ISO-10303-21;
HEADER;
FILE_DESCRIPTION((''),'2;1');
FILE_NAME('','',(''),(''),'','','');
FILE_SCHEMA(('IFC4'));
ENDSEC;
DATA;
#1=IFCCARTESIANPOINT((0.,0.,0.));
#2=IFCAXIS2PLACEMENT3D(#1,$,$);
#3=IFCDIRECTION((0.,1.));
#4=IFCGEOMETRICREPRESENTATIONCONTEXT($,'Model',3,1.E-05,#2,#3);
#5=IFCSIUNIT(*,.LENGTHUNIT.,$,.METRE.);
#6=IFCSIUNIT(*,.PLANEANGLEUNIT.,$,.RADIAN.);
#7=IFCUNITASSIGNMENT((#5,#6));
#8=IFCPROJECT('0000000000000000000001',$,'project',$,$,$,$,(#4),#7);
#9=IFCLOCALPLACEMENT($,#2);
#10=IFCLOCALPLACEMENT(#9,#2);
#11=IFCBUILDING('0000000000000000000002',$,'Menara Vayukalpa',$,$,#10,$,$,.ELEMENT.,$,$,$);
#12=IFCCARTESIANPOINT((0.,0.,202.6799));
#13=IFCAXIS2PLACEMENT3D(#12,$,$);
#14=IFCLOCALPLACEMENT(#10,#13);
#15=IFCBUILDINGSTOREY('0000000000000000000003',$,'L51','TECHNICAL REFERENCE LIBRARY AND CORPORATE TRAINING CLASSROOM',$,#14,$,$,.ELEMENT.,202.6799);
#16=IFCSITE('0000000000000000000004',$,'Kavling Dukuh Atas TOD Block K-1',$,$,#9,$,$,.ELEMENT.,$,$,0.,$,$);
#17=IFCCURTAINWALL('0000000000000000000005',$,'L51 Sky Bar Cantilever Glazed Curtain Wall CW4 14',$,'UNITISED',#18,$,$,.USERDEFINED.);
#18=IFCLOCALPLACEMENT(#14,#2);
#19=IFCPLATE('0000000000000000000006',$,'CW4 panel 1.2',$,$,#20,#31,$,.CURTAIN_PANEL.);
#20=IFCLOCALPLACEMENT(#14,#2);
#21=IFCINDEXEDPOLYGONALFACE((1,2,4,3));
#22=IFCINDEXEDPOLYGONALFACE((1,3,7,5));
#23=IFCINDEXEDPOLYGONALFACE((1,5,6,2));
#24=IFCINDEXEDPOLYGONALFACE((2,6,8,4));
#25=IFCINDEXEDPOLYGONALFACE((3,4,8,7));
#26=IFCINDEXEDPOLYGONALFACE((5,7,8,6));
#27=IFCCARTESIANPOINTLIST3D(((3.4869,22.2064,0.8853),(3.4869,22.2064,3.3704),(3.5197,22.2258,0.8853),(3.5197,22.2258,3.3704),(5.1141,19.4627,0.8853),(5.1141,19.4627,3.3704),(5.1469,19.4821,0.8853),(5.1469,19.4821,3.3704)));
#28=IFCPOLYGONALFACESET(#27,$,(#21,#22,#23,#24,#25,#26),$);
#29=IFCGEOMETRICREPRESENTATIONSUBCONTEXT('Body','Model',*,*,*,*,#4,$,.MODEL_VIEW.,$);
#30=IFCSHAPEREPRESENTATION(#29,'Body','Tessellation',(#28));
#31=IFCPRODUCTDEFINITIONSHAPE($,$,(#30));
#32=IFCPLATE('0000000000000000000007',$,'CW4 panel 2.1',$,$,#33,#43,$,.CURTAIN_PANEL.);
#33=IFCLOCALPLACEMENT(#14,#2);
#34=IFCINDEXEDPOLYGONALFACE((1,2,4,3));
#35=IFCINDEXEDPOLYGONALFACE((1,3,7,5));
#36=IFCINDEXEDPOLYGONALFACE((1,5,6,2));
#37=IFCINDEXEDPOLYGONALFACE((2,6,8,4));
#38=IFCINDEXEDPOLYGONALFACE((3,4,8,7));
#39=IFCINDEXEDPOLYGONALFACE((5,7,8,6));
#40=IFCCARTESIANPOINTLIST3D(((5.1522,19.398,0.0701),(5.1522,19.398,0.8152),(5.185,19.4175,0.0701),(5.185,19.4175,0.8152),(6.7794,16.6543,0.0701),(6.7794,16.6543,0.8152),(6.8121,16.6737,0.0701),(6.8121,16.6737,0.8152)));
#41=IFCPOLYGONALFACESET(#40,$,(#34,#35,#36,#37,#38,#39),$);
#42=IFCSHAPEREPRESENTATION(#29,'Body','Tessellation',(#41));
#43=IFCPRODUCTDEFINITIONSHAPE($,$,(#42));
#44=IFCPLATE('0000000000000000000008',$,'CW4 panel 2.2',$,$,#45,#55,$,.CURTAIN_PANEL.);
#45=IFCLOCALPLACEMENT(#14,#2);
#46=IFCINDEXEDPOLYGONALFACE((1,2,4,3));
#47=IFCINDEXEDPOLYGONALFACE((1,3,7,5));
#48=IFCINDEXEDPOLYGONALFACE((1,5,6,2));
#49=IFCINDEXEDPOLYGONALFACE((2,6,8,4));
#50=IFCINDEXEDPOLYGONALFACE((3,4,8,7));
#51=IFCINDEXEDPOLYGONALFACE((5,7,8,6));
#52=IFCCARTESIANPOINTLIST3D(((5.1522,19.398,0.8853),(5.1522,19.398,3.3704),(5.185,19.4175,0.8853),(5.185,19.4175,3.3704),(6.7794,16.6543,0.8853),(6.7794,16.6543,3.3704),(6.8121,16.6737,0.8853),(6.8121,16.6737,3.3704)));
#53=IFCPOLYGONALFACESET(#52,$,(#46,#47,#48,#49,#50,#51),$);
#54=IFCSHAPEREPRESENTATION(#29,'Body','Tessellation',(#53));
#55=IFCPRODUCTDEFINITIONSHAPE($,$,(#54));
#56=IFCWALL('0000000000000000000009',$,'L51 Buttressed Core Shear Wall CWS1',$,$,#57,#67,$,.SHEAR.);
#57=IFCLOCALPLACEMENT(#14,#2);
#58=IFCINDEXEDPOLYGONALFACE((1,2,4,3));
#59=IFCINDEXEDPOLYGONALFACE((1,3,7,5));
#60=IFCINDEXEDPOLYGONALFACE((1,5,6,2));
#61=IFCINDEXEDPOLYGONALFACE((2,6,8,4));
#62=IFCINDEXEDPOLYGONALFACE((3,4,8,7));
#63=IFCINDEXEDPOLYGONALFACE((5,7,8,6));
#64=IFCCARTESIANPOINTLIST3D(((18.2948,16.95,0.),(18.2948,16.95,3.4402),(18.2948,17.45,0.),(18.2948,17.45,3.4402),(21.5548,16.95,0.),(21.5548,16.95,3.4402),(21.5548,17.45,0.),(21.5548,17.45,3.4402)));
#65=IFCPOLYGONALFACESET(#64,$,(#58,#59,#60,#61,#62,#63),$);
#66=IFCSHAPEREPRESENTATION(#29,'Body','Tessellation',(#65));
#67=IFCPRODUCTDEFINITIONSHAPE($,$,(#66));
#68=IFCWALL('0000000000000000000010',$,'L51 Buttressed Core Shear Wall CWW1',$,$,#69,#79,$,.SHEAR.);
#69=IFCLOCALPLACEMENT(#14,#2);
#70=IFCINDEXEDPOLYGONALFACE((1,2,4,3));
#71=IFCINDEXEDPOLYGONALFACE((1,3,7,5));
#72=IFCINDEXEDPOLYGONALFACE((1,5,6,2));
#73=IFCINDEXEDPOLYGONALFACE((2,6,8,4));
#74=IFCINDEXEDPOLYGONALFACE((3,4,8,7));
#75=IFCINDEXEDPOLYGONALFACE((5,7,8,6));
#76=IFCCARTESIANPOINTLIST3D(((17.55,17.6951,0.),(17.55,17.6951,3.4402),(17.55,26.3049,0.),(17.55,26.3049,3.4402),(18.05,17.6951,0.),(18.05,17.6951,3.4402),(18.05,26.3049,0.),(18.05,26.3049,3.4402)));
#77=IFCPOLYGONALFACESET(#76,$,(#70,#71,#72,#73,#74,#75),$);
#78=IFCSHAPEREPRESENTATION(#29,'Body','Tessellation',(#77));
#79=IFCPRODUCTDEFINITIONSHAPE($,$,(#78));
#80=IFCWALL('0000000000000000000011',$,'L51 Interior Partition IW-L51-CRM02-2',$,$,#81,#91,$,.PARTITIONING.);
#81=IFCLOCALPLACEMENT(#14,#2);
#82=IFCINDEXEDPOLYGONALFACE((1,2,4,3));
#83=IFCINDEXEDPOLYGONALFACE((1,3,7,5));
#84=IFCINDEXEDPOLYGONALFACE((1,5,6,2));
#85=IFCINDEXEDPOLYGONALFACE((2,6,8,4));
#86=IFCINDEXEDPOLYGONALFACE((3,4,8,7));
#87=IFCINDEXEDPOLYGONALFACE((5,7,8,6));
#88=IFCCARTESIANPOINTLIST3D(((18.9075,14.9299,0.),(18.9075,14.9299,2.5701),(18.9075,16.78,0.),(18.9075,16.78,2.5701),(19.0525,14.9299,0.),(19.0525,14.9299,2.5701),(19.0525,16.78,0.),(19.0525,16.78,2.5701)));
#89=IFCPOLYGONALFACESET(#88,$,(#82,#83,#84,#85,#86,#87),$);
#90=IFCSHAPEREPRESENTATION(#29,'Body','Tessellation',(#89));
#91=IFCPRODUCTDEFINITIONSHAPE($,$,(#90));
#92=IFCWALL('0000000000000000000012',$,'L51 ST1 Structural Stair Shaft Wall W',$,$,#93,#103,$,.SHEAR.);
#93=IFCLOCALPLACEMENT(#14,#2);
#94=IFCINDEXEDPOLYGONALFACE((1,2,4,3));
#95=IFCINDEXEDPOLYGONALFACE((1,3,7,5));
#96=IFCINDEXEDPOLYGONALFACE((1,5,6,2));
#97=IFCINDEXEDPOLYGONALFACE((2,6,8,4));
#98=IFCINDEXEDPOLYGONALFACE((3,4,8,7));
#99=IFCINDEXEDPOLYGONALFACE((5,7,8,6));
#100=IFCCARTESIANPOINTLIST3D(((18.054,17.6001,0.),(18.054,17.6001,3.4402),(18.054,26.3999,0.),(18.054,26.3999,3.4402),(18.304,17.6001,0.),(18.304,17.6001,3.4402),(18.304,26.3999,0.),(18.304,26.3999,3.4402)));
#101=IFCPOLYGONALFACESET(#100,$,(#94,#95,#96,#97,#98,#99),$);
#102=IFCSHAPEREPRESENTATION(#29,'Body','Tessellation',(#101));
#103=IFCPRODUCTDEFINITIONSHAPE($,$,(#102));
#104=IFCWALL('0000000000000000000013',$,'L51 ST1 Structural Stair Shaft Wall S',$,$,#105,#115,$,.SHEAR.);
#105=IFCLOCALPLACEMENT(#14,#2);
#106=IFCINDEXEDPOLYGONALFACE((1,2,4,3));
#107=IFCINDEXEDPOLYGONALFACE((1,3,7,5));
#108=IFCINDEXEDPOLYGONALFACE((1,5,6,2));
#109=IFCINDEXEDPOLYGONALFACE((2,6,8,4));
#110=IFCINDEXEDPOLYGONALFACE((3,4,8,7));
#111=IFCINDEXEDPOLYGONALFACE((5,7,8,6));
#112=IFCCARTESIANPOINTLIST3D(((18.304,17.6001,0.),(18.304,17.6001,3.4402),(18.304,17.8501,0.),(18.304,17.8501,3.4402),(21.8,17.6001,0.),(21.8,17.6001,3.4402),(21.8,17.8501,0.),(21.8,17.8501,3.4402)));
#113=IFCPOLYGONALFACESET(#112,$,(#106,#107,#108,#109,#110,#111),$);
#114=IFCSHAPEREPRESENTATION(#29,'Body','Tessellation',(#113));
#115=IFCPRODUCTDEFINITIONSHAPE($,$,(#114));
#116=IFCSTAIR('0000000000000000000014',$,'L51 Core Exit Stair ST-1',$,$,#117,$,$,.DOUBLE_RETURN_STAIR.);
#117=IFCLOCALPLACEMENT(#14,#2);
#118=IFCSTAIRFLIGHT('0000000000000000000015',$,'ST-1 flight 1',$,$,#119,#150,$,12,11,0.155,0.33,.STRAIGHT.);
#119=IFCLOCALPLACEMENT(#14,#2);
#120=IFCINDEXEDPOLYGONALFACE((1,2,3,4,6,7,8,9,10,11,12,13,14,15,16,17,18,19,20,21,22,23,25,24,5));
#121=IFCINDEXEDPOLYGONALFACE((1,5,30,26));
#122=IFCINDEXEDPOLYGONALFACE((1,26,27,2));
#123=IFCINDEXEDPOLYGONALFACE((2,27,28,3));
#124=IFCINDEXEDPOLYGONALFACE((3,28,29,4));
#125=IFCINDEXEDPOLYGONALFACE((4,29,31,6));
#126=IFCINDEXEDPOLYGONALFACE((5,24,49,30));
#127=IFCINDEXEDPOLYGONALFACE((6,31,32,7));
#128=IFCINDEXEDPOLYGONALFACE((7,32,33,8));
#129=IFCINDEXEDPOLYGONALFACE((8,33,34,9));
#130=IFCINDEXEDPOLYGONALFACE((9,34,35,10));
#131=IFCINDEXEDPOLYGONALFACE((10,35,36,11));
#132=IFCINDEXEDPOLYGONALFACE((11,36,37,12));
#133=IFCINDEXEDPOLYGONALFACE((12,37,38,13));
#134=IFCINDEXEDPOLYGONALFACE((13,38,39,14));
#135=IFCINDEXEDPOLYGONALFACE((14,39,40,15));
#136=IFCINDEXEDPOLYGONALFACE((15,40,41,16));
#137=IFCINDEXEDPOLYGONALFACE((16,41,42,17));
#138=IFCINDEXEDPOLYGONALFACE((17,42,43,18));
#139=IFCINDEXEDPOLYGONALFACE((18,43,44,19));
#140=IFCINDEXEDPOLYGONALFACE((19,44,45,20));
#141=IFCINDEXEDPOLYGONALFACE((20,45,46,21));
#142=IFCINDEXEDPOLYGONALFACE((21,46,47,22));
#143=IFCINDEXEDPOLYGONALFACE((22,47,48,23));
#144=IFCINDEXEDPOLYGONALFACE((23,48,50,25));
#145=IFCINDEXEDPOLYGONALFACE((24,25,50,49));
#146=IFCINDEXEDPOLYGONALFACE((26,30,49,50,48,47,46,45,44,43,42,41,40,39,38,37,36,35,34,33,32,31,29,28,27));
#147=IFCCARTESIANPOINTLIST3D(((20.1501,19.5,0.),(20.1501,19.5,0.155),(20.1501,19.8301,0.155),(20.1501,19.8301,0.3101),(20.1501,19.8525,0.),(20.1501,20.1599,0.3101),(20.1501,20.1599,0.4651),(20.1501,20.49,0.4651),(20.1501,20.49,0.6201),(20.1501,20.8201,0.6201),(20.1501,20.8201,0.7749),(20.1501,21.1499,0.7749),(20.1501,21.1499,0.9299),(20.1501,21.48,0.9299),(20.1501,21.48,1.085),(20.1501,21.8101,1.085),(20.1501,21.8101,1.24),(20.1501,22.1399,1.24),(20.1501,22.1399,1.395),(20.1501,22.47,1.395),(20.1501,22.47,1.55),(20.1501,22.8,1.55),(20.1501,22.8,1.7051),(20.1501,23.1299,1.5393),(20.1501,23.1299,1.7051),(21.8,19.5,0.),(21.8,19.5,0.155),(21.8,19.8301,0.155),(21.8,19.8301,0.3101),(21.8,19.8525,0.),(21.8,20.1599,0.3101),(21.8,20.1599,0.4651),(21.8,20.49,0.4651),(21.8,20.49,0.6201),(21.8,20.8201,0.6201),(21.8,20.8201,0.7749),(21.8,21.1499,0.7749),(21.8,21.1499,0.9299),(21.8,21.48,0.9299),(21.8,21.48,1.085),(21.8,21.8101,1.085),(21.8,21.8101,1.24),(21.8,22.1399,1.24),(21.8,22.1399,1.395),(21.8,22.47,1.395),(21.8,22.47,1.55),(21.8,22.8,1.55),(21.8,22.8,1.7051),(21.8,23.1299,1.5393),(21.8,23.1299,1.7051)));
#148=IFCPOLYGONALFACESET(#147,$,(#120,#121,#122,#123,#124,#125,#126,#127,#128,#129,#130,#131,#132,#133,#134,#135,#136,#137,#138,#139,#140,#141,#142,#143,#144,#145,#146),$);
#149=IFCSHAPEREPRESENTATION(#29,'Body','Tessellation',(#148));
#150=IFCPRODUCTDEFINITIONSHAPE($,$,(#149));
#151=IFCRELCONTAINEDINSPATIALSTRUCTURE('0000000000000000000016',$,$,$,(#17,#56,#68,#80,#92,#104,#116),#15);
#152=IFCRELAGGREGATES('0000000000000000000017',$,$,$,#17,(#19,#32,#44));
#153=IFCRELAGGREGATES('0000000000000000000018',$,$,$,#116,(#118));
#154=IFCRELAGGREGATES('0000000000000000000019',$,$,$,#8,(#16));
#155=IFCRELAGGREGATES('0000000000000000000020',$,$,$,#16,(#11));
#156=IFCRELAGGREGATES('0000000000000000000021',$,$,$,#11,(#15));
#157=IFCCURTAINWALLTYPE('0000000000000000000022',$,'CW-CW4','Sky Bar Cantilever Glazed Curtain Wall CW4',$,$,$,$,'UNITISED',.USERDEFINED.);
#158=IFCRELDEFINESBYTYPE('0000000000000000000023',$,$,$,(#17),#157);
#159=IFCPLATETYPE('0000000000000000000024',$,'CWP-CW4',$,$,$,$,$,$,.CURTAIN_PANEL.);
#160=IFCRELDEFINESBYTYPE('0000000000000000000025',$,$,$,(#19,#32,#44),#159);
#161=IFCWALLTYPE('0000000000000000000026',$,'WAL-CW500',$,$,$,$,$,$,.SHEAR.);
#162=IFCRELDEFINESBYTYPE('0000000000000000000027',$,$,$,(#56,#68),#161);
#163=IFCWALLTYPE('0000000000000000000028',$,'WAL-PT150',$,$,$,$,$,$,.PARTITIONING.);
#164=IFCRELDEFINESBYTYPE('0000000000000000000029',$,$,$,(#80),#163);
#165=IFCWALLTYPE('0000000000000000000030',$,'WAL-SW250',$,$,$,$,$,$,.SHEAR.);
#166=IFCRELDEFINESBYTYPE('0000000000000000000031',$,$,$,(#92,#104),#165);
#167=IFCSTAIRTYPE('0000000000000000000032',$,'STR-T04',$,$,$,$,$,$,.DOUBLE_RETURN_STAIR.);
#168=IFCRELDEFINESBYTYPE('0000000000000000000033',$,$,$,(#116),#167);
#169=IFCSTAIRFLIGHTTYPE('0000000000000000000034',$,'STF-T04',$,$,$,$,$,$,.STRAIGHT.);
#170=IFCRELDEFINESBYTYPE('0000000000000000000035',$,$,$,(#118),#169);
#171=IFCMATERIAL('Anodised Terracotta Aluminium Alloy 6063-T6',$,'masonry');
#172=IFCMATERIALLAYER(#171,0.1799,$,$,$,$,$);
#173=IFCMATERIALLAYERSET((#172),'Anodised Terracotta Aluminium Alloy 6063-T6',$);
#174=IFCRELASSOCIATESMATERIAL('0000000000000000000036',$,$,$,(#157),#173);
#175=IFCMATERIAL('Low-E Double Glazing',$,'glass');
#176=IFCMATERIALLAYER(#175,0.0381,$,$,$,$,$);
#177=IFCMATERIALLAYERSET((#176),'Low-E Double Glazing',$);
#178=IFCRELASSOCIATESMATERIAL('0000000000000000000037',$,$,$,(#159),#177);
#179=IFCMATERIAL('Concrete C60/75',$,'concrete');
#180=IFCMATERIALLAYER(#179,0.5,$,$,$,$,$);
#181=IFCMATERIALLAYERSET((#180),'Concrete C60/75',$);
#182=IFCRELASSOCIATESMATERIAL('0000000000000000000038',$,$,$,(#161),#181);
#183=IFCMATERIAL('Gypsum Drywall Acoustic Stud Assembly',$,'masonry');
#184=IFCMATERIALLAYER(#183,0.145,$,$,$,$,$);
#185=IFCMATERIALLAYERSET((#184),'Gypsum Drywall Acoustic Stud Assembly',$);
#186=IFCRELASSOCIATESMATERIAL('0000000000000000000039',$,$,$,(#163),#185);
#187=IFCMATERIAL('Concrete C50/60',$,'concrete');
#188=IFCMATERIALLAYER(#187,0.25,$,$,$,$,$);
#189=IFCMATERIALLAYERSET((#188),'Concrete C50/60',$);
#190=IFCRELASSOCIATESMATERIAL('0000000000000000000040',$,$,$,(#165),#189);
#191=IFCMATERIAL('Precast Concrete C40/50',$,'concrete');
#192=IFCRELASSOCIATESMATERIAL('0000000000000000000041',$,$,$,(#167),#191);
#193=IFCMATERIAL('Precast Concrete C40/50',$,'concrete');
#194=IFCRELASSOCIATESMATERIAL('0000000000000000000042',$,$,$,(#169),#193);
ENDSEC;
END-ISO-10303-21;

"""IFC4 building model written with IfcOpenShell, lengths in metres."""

from ifc_helpers import new_model, si_unit, direction, frame, frame_2d, origin, origin_2d, place, context, subcontext, project, spatial, polyline, rectangle, outline, extrude, material, layer, layer_set, type_object, element, aggregate, save


model = new_model("IFC4")

# Units and contexts
model_context = context("Model", 3, precision=1e-05, world=origin(), true_north=direction((0.0, 1.0)))
body_context = subcontext(model_context, "Body", "Model", "MODEL_VIEW")
ifc_project = project(units=[si_unit("LENGTHUNIT", "METRE"), si_unit("PLANEANGLEUNIT", "RADIAN")], contexts=[model_context])

# Site, building, storey
site_placement = place(None, origin())
site = spatial("IfcSite", under=ifc_project, at=site_placement, Name="Kavling Dukuh Atas TOD Block K-1", CompositionType="ELEMENT", RefElevation=0.0)
building_placement = place(site_placement, origin())
building = spatial("IfcBuilding", under=site, at=building_placement, Name="Menara Vayukalpa", CompositionType="ELEMENT")
storey_placement = place(building_placement, frame((0.0, 0.0, 202.6799)))
storey = spatial("IfcBuildingStorey", under=building, at=storey_placement, Name="L51", Description="TECHNICAL REFERENCE LIBRARY AND CORPORATE TRAINING CLASSROOM", CompositionType="ELEMENT", Elevation=202.6799)

# Shared definitions
ifc_material_1 = material(Name="Anodised Terracotta Aluminium Alloy 6063-T6", Category="masonry")
ifc_layer_1 = layer(ifc_material_1, 0.1799)
ifc_layer_set_1 = layer_set([ifc_layer_1], Name="Anodised Terracotta Aluminium Alloy 6063-T6")
curtain_wall_type = type_object("IfcCurtainWallType", Name="CW-CW4", Description="Sky Bar Cantilever Glazed Curtain Wall CW4", ElementType="UNITISED", PredefinedType="USERDEFINED", material=ifc_layer_set_1)

# Curtain wall, plates
curtain_wall_1_placement = place(storey_placement, origin())
curtain_wall_1 = element("IfcCurtainWall", 1, at=curtain_wall_1_placement, inside=storey, type_object=curtain_wall_type, Name="L51 Sky Bar Cantilever Glazed Curtain Wall CW4 14", ObjectType="UNITISED", PredefinedType="USERDEFINED")
ifc_material_2 = material(Name="Low-E Double Glazing", Category="glass")
ifc_layer_2 = layer(ifc_material_2, 0.0381)
ifc_layer_set_2 = layer_set([ifc_layer_2], Name="Low-E Double Glazing")
plate_type = type_object("IfcPlateType", Name="CWP-CW4", PredefinedType="CURTAIN_PANEL", material=ifc_layer_set_2)
plate_1_placement = place(storey_placement, frame((4.3169, 20.8442, 0.8853), z_axis=(0.0, 0.0, 1.0), x_axis=(0.510092, -0.86012, 0.0)))
plate_1 = element("IfcPlate", 2, at=plate_1_placement, type_object=plate_type, Name="CW4 panel 1.2", PredefinedType="CURTAIN_PANEL", context=body_context, shape_type="SweptSolid", body=[
    extrude(rectangle(XDim=3.1899, YDim=0.0381, at=origin_2d()), origin(), (0.0, 0.0, 1.0), 2.4851),
])
plate_2_placement = place(storey_placement, frame((5.9822, 18.0359, 0.0701), z_axis=(0.0, 0.0, 1.0), x_axis=(0.510092, -0.86012, 0.0)))
plate_2 = element("IfcPlate", 3, at=plate_2_placement, type_object=plate_type, Name="CW4 panel 2.1", PredefinedType="CURTAIN_PANEL", context=body_context, shape_type="SweptSolid", body=[
    extrude(rectangle(XDim=3.1899, YDim=0.0381, at=origin_2d()), origin(), (0.0, 0.0, 1.0), 0.7451),
])
plate_3_placement = place(storey_placement, frame((5.9822, 18.0359, 0.8853), z_axis=(0.0, 0.0, 1.0), x_axis=(0.510092, -0.86012, 0.0)))
plate_3 = element("IfcPlate", 4, at=plate_3_placement, type_object=plate_type, Name="CW4 panel 2.2", PredefinedType="CURTAIN_PANEL", context=body_context, shape_type="SweptSolid", body=[
    extrude(rectangle(XDim=3.1899, YDim=0.0381, at=origin_2d()), origin(), (0.0, 0.0, 1.0), 2.4851),
])
aggregate(curtain_wall_1, [plate_1, plate_2, plate_3])

# Walls
ifc_material_3 = material(Name="Concrete C60/75", Category="concrete")
ifc_layer_3 = layer(ifc_material_3, 0.5)
ifc_layer_set_3 = layer_set([ifc_layer_3], Name="Concrete C60/75")
wall_type_1 = type_object("IfcWallType", Name="WAL-CW500", PredefinedType="SHEAR", material=ifc_layer_set_3)
wall_1_placement = place(storey_placement, frame((18.2949, 17.2, 0.0), z_axis=(0.0, 0.0, 1.0), x_axis=(1.0, 0.0, 0.0)))
element("IfcWall", 5, at=wall_1_placement, inside=storey, type_object=wall_type_1, Name="L51 Buttressed Core Shear Wall CWS1", PredefinedType="SHEAR", context=body_context, shape_type="SweptSolid", body=[
    extrude(rectangle(XDim=3.26, YDim=0.5, at=frame_2d((1.6299, 0.0))), origin(), (0.0, 0.0, 1.0), 3.4402),
])
wall_2_placement = place(storey_placement, frame((17.8, 17.6951, 0.0), z_axis=(0.0, 0.0, 1.0), x_axis=(0.0, 1.0, 0.0)))
element("IfcWall", 6, at=wall_2_placement, inside=storey, type_object=wall_type_1, Name="L51 Buttressed Core Shear Wall CWW1", PredefinedType="SHEAR", context=body_context, shape_type="SweptSolid", body=[
    extrude(rectangle(XDim=8.6099, YDim=0.5, at=frame_2d((4.3049, 0.0))), origin(), (0.0, 0.0, 1.0), 3.4402),
])
ifc_material_4 = material(Name="Gypsum Drywall Acoustic Stud Assembly", Category="masonry")
ifc_layer_4 = layer(ifc_material_4, 0.145)
ifc_layer_set_4 = layer_set([ifc_layer_4], Name="Gypsum Drywall Acoustic Stud Assembly")
wall_type_2 = type_object("IfcWallType", Name="WAL-PT150", PredefinedType="PARTITIONING", material=ifc_layer_set_4)
wall_3_placement = place(storey_placement, frame((18.98, 16.78, 0.0), z_axis=(0.0, 0.0, 1.0), x_axis=(0.0, -1.0, 0.0)))
element("IfcWall", 7, at=wall_3_placement, inside=storey, type_object=wall_type_2, Name="L51 Interior Partition IW-L51-CRM02-2", PredefinedType="PARTITIONING", context=body_context, shape_type="SweptSolid", body=[
    extrude(rectangle(XDim=1.8501, YDim=0.145, at=frame_2d((0.925, 0.0))), origin(), (0.0, 0.0, 1.0), 2.5701),
])
ifc_material_5 = material(Name="Concrete C50/60", Category="concrete")
ifc_layer_5 = layer(ifc_material_5, 0.25)
ifc_layer_set_5 = layer_set([ifc_layer_5], Name="Concrete C50/60")
wall_type_3 = type_object("IfcWallType", Name="WAL-SW250", PredefinedType="SHEAR", material=ifc_layer_set_5)
wall_4_placement = place(storey_placement, frame((18.179, 17.6001, 0.0), z_axis=(0.0, 0.0, 1.0), x_axis=(0.0, 1.0, 0.0)))
element("IfcWall", 8, at=wall_4_placement, inside=storey, type_object=wall_type_3, Name="L51 ST1 Structural Stair Shaft Wall W", PredefinedType="SHEAR", context=body_context, shape_type="SweptSolid", body=[
    extrude(rectangle(XDim=8.7998, YDim=0.25, at=frame_2d((4.3999, 0.0))), origin(), (0.0, 0.0, 1.0), 3.4402),
])
wall_5_placement = place(storey_placement, frame((18.304, 17.7251, 0.0), z_axis=(0.0, 0.0, 1.0), x_axis=(1.0, 0.0, 0.0)))
element("IfcWall", 9, at=wall_5_placement, inside=storey, type_object=wall_type_3, Name="L51 ST1 Structural Stair Shaft Wall S", PredefinedType="SHEAR", context=body_context, shape_type="SweptSolid", body=[
    extrude(rectangle(XDim=3.4961, YDim=0.25, at=frame_2d((1.748, 0.0))), origin(), (0.0, 0.0, 1.0), 3.4402),
])

# Stair, stair flight
ifc_material_6 = material(Name="Precast Concrete C40/50", Category="concrete")
stair_type = type_object("IfcStairType", Name="STR-T04", PredefinedType="DOUBLE_RETURN_STAIR", material=ifc_material_6)
stair_placement = place(storey_placement, origin())
stair = element("IfcStair", 10, at=stair_placement, inside=storey, type_object=stair_type, Name="L51 Core Exit Stair ST-1", PredefinedType="DOUBLE_RETURN_STAIR")
ifc_material_7 = material(Name="Precast Concrete C40/50", Category="concrete")
stair_flight_type = type_object("IfcStairFlightType", Name="STF-T04", PredefinedType="STRAIGHT", material=ifc_material_7)
stair_flight_placement = place(storey_placement, frame((20.9751, 19.5, 0.0), z_axis=(0.0, 0.0, 1.0), x_axis=(0.0, 1.0, 0.0)))
stair_flight = element("IfcStairFlight", 11, at=stair_flight_placement, type_object=stair_flight_type, Name="ST-1 flight 1", NumberOfRisers=12, NumberOfTreads=11, PredefinedType="STRAIGHT", RiserHeight=0.155, TreadLength=0.33, context=body_context, shape_type="SweptSolid", body=[
    extrude(outline(polyline([(0.0, 0.0), (0.0, 0.155), (0.3301, 0.155), (0.3301, 0.3101), (0.6599, 0.3101), (0.6599, 0.4651), (0.99, 0.4651), (0.99, 0.6201), (1.3201, 0.6201), (1.3201, 0.7749), (1.6499, 0.7749), (1.6499, 0.9299), (1.98, 0.9299), (1.98, 1.085), (2.3101, 1.085), (2.3101, 1.24), (2.6399, 1.24), (2.6399, 1.395), (2.97, 1.395), (2.97, 1.55), (3.3, 1.55), (3.3, 1.7051), (3.6299, 1.7051), (3.6299, 1.8601), (3.6299, 1.5393), (0.3525, 0.0), (0.0, 0.0)])), frame((0.0, 0.825, 0.0), z_axis=(0.0, -1.0, 0.0), x_axis=(1.0, 0.0, 0.0)), (0.0, 0.0, 1.0), 1.6499),
])
aggregate(stair, [stair_flight])

save(model, "model.ifc")
